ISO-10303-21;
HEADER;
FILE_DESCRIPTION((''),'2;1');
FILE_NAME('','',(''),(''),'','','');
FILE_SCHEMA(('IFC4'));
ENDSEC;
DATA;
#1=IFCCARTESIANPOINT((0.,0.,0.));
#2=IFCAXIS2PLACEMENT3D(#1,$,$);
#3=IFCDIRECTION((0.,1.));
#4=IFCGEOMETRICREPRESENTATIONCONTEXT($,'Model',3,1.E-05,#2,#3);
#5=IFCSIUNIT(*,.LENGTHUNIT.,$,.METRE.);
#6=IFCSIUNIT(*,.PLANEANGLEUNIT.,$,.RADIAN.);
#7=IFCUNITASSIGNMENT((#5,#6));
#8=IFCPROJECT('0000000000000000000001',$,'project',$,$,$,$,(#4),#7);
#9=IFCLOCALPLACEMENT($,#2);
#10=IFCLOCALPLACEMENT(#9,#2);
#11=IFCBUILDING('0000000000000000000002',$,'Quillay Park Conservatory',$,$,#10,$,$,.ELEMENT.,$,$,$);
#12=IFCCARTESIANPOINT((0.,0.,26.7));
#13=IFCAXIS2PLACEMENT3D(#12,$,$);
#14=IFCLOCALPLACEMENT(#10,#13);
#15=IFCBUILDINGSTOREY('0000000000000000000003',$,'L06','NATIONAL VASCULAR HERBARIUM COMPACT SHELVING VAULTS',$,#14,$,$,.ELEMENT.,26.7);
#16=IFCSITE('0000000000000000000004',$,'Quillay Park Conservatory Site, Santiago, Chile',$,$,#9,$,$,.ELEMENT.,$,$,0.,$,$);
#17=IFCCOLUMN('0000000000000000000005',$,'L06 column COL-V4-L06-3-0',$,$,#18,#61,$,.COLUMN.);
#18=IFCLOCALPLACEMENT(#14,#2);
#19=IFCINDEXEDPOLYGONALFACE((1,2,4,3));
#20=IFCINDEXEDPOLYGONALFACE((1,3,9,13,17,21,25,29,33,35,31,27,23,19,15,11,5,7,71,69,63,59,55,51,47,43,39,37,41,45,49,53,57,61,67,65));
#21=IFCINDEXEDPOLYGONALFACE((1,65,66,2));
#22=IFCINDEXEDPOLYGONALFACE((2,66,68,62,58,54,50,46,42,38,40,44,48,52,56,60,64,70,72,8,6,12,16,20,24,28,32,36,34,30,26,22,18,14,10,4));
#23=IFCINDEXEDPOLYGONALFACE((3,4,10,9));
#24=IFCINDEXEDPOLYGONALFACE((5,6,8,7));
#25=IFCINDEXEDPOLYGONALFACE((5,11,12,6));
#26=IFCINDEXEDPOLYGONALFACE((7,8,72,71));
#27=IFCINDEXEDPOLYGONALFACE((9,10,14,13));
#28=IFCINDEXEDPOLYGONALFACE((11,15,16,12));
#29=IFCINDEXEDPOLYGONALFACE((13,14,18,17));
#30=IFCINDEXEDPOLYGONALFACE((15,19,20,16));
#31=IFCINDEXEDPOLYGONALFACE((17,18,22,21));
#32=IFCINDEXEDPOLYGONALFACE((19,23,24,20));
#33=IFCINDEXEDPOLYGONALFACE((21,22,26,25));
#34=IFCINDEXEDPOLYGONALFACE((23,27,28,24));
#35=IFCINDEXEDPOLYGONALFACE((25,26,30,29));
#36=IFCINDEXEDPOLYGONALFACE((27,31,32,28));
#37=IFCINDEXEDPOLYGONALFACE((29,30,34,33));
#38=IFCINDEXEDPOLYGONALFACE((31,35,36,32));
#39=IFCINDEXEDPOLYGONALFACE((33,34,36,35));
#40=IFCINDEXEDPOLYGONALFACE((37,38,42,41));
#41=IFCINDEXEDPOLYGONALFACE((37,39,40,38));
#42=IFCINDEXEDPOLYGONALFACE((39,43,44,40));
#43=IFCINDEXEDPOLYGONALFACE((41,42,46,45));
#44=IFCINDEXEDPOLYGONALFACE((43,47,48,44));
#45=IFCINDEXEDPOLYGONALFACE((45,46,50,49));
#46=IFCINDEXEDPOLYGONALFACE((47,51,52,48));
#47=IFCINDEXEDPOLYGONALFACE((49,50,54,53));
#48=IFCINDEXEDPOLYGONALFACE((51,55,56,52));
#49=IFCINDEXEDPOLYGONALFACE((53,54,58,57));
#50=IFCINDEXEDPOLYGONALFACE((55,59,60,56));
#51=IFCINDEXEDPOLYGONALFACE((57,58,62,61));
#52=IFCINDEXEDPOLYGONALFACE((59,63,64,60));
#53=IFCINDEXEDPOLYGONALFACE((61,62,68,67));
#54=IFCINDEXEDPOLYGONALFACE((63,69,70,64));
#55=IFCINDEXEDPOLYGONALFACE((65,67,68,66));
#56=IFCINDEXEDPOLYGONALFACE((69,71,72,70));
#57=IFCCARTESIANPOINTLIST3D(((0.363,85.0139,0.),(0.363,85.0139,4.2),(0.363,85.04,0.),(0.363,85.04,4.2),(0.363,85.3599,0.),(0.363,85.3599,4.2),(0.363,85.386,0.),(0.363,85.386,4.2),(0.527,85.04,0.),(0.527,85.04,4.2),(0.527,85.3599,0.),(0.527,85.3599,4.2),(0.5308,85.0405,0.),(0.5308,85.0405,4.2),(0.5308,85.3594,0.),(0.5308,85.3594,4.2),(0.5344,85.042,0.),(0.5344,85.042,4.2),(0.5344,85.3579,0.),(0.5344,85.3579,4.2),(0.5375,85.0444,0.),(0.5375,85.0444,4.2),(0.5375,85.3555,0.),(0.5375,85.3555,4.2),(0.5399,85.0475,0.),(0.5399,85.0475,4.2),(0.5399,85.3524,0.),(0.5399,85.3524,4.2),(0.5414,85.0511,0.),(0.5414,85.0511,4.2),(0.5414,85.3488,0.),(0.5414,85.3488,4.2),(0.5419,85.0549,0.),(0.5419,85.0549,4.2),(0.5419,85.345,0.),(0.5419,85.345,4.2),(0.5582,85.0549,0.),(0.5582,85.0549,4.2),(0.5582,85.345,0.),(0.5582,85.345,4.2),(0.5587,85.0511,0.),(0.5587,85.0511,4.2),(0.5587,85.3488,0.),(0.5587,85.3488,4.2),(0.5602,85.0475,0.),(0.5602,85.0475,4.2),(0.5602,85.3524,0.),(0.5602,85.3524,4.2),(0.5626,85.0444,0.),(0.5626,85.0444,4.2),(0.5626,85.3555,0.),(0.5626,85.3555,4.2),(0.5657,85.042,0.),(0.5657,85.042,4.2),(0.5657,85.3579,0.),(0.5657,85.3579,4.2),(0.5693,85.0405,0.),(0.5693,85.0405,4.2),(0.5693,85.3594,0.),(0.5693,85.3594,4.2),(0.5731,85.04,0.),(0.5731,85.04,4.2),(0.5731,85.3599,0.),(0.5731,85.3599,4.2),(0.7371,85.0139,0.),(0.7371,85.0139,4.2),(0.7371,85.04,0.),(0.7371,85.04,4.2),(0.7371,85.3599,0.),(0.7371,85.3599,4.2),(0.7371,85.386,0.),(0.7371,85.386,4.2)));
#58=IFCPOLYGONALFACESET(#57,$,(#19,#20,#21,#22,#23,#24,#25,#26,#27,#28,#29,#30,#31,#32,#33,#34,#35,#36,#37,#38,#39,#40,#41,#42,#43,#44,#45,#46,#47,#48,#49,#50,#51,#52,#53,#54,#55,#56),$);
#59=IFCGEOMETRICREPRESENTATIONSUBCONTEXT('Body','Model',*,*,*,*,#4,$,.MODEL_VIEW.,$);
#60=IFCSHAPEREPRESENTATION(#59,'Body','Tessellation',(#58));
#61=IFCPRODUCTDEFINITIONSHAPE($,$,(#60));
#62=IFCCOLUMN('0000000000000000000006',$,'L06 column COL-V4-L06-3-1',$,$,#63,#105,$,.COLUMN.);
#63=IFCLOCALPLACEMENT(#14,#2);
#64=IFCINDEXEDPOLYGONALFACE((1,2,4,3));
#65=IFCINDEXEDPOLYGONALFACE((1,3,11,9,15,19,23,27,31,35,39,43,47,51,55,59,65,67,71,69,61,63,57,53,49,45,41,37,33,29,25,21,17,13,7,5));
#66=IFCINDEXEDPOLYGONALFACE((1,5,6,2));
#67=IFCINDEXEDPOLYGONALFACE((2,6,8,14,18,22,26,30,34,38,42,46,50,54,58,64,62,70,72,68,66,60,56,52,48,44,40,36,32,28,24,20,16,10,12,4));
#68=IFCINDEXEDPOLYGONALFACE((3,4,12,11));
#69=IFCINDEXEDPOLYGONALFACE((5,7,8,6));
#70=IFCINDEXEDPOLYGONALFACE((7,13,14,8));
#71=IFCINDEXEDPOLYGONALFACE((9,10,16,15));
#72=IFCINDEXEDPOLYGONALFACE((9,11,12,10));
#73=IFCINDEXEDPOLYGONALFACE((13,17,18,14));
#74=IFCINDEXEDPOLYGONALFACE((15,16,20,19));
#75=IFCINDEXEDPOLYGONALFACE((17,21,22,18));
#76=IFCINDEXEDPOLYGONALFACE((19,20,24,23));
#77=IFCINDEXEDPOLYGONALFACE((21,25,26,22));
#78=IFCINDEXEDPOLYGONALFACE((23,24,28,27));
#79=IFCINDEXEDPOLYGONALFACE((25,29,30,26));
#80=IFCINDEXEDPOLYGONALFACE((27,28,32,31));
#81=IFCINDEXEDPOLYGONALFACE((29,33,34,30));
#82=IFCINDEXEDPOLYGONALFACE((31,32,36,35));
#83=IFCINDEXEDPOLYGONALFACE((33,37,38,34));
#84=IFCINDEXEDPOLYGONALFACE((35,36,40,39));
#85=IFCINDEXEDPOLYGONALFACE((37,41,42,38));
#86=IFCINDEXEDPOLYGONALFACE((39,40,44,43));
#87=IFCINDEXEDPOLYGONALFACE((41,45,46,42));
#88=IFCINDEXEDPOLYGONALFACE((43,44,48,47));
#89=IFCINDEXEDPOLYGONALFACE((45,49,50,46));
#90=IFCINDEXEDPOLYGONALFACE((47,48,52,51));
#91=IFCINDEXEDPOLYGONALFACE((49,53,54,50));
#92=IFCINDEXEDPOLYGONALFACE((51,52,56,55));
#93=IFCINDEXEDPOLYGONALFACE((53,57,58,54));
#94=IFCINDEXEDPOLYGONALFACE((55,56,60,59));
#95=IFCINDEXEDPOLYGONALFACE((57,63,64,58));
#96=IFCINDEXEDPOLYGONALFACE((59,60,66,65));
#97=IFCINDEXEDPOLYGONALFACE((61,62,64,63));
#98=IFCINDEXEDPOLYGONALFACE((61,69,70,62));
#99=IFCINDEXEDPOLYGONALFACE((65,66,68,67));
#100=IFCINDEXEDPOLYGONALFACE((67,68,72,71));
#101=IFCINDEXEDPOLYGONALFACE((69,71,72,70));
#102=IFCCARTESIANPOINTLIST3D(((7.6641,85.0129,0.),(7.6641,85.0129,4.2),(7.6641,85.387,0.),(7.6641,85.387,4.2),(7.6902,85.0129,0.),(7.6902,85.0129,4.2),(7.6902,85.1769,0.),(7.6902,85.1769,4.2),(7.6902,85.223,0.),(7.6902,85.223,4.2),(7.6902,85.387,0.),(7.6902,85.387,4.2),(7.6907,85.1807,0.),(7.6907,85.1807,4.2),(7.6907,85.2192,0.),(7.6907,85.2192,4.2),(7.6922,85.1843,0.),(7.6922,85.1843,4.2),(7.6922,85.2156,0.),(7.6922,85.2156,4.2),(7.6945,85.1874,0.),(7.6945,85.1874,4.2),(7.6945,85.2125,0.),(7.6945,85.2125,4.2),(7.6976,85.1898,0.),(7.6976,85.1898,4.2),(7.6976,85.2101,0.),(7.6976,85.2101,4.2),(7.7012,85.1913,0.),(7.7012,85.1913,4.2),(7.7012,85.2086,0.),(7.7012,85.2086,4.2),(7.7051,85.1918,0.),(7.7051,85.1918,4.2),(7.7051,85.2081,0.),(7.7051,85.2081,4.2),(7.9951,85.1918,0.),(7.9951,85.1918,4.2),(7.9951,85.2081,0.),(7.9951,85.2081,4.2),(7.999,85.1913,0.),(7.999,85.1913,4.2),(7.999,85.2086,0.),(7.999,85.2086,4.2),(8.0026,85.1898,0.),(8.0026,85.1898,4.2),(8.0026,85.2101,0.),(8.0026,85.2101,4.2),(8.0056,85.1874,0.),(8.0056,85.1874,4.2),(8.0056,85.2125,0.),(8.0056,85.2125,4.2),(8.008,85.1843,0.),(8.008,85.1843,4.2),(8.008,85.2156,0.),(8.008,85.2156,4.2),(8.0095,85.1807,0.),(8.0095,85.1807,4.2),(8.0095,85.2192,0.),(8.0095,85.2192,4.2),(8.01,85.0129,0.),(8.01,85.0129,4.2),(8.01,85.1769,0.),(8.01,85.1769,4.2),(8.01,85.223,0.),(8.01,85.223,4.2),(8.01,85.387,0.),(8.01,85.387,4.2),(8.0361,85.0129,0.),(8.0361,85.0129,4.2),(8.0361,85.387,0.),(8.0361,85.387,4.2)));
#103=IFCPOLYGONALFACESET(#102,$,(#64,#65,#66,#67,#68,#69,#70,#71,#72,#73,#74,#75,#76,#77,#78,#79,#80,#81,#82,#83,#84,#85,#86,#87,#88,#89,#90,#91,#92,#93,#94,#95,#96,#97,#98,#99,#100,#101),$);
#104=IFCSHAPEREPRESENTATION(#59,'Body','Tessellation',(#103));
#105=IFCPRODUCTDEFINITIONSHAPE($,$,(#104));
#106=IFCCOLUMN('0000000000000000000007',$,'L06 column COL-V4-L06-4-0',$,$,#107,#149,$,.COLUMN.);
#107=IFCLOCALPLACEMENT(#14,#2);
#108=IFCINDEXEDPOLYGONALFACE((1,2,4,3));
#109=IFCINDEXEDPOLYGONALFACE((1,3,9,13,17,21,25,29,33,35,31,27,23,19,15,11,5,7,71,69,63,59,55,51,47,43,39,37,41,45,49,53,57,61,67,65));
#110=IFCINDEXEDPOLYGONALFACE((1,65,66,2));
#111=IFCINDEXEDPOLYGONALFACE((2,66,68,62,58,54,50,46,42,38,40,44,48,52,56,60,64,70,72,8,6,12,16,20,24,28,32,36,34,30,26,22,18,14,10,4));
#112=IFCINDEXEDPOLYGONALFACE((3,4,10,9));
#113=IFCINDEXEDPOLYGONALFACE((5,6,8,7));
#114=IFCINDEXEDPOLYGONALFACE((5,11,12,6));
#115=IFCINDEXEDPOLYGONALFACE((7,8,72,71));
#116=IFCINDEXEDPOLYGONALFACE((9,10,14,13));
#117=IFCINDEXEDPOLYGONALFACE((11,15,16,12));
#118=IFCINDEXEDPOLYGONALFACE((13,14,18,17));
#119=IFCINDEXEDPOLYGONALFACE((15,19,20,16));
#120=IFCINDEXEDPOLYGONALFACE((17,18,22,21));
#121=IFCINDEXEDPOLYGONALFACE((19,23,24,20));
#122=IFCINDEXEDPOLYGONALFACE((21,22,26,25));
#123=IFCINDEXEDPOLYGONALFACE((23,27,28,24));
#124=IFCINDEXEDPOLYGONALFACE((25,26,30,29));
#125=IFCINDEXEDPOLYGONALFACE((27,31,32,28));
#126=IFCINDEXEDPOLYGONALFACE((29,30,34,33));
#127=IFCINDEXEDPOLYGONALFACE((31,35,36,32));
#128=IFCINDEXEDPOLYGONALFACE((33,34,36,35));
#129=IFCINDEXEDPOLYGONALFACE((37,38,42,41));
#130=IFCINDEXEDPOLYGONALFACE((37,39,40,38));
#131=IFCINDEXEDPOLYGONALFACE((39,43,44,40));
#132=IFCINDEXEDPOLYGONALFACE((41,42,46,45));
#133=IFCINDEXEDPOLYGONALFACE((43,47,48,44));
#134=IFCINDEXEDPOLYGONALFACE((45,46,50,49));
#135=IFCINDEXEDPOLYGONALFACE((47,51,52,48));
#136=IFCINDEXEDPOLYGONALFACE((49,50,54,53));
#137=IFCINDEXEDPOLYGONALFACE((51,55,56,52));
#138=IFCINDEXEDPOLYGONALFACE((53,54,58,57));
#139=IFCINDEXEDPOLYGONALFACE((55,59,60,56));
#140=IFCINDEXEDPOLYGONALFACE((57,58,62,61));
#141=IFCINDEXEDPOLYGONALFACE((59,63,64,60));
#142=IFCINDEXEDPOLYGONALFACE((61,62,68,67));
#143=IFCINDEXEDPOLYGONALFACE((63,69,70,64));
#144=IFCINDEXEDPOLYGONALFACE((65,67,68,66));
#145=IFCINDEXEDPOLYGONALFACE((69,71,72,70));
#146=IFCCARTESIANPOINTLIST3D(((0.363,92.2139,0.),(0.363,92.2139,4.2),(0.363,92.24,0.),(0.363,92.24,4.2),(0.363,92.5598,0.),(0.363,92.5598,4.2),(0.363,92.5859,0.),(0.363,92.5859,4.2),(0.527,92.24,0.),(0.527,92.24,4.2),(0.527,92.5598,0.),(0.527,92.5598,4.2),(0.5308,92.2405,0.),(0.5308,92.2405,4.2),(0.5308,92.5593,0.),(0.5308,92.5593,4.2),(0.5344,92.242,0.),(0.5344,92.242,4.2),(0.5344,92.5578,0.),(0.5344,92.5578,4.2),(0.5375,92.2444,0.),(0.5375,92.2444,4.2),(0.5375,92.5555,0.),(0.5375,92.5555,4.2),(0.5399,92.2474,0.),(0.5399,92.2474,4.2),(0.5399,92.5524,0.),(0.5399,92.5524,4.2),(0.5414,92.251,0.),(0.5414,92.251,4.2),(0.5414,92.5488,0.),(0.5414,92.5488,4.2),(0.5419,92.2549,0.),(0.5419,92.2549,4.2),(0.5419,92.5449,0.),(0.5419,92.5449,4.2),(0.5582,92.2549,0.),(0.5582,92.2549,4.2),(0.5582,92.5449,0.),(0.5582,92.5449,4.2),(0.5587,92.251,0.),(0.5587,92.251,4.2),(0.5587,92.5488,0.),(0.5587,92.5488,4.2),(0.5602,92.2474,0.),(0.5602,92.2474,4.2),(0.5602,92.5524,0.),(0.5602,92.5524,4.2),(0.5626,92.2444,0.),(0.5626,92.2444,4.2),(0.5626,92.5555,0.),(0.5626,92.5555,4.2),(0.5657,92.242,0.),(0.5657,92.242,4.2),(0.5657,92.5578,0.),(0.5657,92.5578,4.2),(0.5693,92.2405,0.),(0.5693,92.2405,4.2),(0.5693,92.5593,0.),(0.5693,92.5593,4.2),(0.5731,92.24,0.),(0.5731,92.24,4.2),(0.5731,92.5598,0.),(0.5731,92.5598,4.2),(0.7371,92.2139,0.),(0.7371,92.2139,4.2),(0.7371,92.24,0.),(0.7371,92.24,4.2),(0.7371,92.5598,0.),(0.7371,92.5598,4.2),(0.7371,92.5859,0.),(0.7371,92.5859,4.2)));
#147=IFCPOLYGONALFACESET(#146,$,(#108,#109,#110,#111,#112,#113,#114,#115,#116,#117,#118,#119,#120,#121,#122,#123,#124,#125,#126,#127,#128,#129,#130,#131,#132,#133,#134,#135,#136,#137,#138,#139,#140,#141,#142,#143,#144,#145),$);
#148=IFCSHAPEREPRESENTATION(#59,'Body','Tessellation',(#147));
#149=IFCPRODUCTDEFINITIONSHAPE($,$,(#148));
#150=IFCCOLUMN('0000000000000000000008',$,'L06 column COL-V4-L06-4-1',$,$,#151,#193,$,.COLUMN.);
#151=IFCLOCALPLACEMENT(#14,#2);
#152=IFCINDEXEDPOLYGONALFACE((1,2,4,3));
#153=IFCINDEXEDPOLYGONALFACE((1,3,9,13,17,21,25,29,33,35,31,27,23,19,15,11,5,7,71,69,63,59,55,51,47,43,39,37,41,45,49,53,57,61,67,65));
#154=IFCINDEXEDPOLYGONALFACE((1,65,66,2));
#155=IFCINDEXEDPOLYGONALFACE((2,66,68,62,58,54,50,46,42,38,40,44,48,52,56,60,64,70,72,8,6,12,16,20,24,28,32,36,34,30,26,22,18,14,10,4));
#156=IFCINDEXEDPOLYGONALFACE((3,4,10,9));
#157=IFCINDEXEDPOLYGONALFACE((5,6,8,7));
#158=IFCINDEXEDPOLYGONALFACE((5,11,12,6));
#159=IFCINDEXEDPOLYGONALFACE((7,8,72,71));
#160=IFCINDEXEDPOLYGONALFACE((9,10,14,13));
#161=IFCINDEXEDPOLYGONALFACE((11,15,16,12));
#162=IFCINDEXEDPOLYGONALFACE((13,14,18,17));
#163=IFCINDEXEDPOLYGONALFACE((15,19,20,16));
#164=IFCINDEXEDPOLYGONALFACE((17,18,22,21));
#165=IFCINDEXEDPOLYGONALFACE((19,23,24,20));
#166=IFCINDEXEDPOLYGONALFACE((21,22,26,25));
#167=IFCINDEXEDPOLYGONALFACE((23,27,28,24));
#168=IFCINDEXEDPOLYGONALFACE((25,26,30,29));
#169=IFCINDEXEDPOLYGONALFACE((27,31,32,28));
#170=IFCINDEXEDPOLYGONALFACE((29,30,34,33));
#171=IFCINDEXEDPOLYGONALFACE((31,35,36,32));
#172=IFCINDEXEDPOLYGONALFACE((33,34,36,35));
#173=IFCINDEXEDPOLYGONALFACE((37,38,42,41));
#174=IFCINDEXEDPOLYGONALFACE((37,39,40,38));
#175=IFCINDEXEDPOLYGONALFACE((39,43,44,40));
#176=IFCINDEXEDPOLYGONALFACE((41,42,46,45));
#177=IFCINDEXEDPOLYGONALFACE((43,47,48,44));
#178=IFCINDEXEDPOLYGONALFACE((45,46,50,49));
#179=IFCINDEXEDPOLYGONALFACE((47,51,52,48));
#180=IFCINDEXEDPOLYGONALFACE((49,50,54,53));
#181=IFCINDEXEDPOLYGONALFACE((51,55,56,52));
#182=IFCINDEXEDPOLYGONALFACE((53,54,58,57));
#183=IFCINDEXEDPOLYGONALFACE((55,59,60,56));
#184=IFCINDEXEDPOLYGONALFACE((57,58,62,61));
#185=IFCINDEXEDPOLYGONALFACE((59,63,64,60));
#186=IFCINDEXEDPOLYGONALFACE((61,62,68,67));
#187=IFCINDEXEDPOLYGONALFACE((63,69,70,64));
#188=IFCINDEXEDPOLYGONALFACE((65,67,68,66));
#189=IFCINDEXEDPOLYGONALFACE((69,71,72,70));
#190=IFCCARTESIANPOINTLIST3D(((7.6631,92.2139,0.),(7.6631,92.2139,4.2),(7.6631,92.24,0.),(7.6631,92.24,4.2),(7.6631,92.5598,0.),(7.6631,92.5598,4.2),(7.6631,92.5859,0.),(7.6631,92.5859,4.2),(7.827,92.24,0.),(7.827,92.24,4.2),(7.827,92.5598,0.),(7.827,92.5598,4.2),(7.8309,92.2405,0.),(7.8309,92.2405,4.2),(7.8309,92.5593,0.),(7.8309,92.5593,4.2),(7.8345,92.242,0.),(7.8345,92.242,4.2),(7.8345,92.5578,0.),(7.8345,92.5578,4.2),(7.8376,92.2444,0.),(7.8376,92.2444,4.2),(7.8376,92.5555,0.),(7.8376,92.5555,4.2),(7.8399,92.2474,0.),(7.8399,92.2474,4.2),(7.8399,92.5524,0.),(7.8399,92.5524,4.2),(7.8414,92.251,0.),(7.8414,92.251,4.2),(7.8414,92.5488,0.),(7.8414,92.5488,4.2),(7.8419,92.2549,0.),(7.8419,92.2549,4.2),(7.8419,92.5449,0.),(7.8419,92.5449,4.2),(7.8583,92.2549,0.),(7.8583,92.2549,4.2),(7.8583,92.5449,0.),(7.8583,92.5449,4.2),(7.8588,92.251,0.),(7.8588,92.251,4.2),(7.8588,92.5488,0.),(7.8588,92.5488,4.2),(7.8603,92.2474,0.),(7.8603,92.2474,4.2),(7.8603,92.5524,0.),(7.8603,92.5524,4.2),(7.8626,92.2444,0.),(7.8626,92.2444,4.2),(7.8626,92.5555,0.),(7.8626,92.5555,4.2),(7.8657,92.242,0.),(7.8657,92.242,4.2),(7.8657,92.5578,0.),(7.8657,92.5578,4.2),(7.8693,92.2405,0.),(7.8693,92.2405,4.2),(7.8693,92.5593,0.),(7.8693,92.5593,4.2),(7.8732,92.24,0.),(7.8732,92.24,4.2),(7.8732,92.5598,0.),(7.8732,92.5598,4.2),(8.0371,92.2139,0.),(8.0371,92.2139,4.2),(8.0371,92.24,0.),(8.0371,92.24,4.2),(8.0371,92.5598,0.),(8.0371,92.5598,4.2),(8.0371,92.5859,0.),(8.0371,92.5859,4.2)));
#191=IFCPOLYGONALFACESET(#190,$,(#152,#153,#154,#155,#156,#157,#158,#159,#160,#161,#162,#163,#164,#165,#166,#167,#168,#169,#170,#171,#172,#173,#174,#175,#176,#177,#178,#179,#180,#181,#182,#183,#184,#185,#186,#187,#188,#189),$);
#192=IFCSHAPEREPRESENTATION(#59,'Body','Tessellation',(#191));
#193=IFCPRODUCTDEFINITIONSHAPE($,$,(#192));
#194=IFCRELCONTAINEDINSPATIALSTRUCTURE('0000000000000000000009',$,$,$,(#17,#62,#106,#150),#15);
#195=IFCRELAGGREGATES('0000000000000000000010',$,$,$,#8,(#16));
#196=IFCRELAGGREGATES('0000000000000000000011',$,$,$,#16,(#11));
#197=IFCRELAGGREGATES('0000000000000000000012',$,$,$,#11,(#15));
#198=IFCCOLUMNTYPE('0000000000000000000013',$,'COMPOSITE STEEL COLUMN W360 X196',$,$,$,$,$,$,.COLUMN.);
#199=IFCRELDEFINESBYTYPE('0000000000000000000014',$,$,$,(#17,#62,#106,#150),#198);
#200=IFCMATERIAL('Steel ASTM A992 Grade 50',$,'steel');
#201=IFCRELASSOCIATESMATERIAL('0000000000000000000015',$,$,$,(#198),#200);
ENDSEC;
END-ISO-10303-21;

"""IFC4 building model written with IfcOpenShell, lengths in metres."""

from ifc_helpers import new_model, si_unit, direction, frame, origin, origin_2d, place, context, subcontext, project, spatial, i_section, extrude, material, material_profile, profile_set, type_object, element, save


model = new_model("IFC4")

# Units and contexts
model_context = context("Model", 3, precision=1e-05, world=origin(), true_north=direction((0.0, 1.0)))
body_context = subcontext(model_context, "Body", "Model", "MODEL_VIEW")
ifc_project = project(units=[si_unit("LENGTHUNIT", "METRE"), si_unit("PLANEANGLEUNIT", "RADIAN")], contexts=[model_context])

# Site, building, storey
site_placement = place(None, origin())
site = spatial("IfcSite", under=ifc_project, at=site_placement, Name="Quillay Park Conservatory Site, Santiago, Chile", CompositionType="ELEMENT", RefElevation=0.0)
building_placement = place(site_placement, origin())
building = spatial("IfcBuilding", under=site, at=building_placement, Name="Quillay Park Conservatory", CompositionType="ELEMENT")
storey_placement = place(building_placement, frame((0.0, 0.0, 26.7)))
storey = spatial("IfcBuildingStorey", under=building, at=storey_placement, Name="L06", Description="NATIONAL VASCULAR HERBARIUM COMPACT SHELVING VAULTS", CompositionType="ELEMENT", Elevation=26.7)

# Columns
ifc_material_1 = material(Name="Steel ASTM A992 Grade 50", Category="steel")
ifc_material_profile_1 = material_profile(ifc_material_1, i_section(OverallWidth=0.374, OverallDepth=0.3721, WebThickness=0.0164, FlangeThickness=0.0261, FilletRadius=0.0149, at=origin_2d()), Name="W360x196")
ifc_profile_set_1 = profile_set([ifc_material_profile_1], Name="Steel ASTM A992 Grade 50")
column_type = type_object("IfcColumnType", Name="COMPOSITE STEEL COLUMN W360 X196", PredefinedType="COLUMN", material=ifc_profile_set_1)
for number, where, z_axis, x_axis, name in (
    (1, (0.55, 85.2, 0.0), (0.0, 0.0, 1.0), (1.0, 0.0, 0.0), "L06 column COL-V4-L06-3-0"),
    (2, (7.8501, 85.2, 0.0), (0.0, 0.0, 1.0), (0.0, 1.0, 0.0), "L06 column COL-V4-L06-3-1"),
    (3, (0.55, 92.3999, 0.0), (0.0, 0.0, 1.0), (1.0, 0.0, 0.0), "L06 column COL-V4-L06-4-0"),
    (4, (7.8501, 92.3999, 0.0), (0.0, 0.0, 1.0), (1.0, 0.0, 0.0), "L06 column COL-V4-L06-4-1"),
):
    element("IfcColumn", number, at=place(storey_placement, frame(where, z_axis=z_axis, x_axis=x_axis)), inside=storey, type_object=column_type, Name=name, PredefinedType="COLUMN", context=body_context, shape_type="SweptSolid", body=[
        extrude(i_section(OverallWidth=0.374, OverallDepth=0.3721, WebThickness=0.0164, FlangeThickness=0.0261, FilletRadius=0.0149, at=origin_2d()), origin(), (0.0, 0.0, 1.0), 4.2),
    ])

save(model, "model.ifc")
